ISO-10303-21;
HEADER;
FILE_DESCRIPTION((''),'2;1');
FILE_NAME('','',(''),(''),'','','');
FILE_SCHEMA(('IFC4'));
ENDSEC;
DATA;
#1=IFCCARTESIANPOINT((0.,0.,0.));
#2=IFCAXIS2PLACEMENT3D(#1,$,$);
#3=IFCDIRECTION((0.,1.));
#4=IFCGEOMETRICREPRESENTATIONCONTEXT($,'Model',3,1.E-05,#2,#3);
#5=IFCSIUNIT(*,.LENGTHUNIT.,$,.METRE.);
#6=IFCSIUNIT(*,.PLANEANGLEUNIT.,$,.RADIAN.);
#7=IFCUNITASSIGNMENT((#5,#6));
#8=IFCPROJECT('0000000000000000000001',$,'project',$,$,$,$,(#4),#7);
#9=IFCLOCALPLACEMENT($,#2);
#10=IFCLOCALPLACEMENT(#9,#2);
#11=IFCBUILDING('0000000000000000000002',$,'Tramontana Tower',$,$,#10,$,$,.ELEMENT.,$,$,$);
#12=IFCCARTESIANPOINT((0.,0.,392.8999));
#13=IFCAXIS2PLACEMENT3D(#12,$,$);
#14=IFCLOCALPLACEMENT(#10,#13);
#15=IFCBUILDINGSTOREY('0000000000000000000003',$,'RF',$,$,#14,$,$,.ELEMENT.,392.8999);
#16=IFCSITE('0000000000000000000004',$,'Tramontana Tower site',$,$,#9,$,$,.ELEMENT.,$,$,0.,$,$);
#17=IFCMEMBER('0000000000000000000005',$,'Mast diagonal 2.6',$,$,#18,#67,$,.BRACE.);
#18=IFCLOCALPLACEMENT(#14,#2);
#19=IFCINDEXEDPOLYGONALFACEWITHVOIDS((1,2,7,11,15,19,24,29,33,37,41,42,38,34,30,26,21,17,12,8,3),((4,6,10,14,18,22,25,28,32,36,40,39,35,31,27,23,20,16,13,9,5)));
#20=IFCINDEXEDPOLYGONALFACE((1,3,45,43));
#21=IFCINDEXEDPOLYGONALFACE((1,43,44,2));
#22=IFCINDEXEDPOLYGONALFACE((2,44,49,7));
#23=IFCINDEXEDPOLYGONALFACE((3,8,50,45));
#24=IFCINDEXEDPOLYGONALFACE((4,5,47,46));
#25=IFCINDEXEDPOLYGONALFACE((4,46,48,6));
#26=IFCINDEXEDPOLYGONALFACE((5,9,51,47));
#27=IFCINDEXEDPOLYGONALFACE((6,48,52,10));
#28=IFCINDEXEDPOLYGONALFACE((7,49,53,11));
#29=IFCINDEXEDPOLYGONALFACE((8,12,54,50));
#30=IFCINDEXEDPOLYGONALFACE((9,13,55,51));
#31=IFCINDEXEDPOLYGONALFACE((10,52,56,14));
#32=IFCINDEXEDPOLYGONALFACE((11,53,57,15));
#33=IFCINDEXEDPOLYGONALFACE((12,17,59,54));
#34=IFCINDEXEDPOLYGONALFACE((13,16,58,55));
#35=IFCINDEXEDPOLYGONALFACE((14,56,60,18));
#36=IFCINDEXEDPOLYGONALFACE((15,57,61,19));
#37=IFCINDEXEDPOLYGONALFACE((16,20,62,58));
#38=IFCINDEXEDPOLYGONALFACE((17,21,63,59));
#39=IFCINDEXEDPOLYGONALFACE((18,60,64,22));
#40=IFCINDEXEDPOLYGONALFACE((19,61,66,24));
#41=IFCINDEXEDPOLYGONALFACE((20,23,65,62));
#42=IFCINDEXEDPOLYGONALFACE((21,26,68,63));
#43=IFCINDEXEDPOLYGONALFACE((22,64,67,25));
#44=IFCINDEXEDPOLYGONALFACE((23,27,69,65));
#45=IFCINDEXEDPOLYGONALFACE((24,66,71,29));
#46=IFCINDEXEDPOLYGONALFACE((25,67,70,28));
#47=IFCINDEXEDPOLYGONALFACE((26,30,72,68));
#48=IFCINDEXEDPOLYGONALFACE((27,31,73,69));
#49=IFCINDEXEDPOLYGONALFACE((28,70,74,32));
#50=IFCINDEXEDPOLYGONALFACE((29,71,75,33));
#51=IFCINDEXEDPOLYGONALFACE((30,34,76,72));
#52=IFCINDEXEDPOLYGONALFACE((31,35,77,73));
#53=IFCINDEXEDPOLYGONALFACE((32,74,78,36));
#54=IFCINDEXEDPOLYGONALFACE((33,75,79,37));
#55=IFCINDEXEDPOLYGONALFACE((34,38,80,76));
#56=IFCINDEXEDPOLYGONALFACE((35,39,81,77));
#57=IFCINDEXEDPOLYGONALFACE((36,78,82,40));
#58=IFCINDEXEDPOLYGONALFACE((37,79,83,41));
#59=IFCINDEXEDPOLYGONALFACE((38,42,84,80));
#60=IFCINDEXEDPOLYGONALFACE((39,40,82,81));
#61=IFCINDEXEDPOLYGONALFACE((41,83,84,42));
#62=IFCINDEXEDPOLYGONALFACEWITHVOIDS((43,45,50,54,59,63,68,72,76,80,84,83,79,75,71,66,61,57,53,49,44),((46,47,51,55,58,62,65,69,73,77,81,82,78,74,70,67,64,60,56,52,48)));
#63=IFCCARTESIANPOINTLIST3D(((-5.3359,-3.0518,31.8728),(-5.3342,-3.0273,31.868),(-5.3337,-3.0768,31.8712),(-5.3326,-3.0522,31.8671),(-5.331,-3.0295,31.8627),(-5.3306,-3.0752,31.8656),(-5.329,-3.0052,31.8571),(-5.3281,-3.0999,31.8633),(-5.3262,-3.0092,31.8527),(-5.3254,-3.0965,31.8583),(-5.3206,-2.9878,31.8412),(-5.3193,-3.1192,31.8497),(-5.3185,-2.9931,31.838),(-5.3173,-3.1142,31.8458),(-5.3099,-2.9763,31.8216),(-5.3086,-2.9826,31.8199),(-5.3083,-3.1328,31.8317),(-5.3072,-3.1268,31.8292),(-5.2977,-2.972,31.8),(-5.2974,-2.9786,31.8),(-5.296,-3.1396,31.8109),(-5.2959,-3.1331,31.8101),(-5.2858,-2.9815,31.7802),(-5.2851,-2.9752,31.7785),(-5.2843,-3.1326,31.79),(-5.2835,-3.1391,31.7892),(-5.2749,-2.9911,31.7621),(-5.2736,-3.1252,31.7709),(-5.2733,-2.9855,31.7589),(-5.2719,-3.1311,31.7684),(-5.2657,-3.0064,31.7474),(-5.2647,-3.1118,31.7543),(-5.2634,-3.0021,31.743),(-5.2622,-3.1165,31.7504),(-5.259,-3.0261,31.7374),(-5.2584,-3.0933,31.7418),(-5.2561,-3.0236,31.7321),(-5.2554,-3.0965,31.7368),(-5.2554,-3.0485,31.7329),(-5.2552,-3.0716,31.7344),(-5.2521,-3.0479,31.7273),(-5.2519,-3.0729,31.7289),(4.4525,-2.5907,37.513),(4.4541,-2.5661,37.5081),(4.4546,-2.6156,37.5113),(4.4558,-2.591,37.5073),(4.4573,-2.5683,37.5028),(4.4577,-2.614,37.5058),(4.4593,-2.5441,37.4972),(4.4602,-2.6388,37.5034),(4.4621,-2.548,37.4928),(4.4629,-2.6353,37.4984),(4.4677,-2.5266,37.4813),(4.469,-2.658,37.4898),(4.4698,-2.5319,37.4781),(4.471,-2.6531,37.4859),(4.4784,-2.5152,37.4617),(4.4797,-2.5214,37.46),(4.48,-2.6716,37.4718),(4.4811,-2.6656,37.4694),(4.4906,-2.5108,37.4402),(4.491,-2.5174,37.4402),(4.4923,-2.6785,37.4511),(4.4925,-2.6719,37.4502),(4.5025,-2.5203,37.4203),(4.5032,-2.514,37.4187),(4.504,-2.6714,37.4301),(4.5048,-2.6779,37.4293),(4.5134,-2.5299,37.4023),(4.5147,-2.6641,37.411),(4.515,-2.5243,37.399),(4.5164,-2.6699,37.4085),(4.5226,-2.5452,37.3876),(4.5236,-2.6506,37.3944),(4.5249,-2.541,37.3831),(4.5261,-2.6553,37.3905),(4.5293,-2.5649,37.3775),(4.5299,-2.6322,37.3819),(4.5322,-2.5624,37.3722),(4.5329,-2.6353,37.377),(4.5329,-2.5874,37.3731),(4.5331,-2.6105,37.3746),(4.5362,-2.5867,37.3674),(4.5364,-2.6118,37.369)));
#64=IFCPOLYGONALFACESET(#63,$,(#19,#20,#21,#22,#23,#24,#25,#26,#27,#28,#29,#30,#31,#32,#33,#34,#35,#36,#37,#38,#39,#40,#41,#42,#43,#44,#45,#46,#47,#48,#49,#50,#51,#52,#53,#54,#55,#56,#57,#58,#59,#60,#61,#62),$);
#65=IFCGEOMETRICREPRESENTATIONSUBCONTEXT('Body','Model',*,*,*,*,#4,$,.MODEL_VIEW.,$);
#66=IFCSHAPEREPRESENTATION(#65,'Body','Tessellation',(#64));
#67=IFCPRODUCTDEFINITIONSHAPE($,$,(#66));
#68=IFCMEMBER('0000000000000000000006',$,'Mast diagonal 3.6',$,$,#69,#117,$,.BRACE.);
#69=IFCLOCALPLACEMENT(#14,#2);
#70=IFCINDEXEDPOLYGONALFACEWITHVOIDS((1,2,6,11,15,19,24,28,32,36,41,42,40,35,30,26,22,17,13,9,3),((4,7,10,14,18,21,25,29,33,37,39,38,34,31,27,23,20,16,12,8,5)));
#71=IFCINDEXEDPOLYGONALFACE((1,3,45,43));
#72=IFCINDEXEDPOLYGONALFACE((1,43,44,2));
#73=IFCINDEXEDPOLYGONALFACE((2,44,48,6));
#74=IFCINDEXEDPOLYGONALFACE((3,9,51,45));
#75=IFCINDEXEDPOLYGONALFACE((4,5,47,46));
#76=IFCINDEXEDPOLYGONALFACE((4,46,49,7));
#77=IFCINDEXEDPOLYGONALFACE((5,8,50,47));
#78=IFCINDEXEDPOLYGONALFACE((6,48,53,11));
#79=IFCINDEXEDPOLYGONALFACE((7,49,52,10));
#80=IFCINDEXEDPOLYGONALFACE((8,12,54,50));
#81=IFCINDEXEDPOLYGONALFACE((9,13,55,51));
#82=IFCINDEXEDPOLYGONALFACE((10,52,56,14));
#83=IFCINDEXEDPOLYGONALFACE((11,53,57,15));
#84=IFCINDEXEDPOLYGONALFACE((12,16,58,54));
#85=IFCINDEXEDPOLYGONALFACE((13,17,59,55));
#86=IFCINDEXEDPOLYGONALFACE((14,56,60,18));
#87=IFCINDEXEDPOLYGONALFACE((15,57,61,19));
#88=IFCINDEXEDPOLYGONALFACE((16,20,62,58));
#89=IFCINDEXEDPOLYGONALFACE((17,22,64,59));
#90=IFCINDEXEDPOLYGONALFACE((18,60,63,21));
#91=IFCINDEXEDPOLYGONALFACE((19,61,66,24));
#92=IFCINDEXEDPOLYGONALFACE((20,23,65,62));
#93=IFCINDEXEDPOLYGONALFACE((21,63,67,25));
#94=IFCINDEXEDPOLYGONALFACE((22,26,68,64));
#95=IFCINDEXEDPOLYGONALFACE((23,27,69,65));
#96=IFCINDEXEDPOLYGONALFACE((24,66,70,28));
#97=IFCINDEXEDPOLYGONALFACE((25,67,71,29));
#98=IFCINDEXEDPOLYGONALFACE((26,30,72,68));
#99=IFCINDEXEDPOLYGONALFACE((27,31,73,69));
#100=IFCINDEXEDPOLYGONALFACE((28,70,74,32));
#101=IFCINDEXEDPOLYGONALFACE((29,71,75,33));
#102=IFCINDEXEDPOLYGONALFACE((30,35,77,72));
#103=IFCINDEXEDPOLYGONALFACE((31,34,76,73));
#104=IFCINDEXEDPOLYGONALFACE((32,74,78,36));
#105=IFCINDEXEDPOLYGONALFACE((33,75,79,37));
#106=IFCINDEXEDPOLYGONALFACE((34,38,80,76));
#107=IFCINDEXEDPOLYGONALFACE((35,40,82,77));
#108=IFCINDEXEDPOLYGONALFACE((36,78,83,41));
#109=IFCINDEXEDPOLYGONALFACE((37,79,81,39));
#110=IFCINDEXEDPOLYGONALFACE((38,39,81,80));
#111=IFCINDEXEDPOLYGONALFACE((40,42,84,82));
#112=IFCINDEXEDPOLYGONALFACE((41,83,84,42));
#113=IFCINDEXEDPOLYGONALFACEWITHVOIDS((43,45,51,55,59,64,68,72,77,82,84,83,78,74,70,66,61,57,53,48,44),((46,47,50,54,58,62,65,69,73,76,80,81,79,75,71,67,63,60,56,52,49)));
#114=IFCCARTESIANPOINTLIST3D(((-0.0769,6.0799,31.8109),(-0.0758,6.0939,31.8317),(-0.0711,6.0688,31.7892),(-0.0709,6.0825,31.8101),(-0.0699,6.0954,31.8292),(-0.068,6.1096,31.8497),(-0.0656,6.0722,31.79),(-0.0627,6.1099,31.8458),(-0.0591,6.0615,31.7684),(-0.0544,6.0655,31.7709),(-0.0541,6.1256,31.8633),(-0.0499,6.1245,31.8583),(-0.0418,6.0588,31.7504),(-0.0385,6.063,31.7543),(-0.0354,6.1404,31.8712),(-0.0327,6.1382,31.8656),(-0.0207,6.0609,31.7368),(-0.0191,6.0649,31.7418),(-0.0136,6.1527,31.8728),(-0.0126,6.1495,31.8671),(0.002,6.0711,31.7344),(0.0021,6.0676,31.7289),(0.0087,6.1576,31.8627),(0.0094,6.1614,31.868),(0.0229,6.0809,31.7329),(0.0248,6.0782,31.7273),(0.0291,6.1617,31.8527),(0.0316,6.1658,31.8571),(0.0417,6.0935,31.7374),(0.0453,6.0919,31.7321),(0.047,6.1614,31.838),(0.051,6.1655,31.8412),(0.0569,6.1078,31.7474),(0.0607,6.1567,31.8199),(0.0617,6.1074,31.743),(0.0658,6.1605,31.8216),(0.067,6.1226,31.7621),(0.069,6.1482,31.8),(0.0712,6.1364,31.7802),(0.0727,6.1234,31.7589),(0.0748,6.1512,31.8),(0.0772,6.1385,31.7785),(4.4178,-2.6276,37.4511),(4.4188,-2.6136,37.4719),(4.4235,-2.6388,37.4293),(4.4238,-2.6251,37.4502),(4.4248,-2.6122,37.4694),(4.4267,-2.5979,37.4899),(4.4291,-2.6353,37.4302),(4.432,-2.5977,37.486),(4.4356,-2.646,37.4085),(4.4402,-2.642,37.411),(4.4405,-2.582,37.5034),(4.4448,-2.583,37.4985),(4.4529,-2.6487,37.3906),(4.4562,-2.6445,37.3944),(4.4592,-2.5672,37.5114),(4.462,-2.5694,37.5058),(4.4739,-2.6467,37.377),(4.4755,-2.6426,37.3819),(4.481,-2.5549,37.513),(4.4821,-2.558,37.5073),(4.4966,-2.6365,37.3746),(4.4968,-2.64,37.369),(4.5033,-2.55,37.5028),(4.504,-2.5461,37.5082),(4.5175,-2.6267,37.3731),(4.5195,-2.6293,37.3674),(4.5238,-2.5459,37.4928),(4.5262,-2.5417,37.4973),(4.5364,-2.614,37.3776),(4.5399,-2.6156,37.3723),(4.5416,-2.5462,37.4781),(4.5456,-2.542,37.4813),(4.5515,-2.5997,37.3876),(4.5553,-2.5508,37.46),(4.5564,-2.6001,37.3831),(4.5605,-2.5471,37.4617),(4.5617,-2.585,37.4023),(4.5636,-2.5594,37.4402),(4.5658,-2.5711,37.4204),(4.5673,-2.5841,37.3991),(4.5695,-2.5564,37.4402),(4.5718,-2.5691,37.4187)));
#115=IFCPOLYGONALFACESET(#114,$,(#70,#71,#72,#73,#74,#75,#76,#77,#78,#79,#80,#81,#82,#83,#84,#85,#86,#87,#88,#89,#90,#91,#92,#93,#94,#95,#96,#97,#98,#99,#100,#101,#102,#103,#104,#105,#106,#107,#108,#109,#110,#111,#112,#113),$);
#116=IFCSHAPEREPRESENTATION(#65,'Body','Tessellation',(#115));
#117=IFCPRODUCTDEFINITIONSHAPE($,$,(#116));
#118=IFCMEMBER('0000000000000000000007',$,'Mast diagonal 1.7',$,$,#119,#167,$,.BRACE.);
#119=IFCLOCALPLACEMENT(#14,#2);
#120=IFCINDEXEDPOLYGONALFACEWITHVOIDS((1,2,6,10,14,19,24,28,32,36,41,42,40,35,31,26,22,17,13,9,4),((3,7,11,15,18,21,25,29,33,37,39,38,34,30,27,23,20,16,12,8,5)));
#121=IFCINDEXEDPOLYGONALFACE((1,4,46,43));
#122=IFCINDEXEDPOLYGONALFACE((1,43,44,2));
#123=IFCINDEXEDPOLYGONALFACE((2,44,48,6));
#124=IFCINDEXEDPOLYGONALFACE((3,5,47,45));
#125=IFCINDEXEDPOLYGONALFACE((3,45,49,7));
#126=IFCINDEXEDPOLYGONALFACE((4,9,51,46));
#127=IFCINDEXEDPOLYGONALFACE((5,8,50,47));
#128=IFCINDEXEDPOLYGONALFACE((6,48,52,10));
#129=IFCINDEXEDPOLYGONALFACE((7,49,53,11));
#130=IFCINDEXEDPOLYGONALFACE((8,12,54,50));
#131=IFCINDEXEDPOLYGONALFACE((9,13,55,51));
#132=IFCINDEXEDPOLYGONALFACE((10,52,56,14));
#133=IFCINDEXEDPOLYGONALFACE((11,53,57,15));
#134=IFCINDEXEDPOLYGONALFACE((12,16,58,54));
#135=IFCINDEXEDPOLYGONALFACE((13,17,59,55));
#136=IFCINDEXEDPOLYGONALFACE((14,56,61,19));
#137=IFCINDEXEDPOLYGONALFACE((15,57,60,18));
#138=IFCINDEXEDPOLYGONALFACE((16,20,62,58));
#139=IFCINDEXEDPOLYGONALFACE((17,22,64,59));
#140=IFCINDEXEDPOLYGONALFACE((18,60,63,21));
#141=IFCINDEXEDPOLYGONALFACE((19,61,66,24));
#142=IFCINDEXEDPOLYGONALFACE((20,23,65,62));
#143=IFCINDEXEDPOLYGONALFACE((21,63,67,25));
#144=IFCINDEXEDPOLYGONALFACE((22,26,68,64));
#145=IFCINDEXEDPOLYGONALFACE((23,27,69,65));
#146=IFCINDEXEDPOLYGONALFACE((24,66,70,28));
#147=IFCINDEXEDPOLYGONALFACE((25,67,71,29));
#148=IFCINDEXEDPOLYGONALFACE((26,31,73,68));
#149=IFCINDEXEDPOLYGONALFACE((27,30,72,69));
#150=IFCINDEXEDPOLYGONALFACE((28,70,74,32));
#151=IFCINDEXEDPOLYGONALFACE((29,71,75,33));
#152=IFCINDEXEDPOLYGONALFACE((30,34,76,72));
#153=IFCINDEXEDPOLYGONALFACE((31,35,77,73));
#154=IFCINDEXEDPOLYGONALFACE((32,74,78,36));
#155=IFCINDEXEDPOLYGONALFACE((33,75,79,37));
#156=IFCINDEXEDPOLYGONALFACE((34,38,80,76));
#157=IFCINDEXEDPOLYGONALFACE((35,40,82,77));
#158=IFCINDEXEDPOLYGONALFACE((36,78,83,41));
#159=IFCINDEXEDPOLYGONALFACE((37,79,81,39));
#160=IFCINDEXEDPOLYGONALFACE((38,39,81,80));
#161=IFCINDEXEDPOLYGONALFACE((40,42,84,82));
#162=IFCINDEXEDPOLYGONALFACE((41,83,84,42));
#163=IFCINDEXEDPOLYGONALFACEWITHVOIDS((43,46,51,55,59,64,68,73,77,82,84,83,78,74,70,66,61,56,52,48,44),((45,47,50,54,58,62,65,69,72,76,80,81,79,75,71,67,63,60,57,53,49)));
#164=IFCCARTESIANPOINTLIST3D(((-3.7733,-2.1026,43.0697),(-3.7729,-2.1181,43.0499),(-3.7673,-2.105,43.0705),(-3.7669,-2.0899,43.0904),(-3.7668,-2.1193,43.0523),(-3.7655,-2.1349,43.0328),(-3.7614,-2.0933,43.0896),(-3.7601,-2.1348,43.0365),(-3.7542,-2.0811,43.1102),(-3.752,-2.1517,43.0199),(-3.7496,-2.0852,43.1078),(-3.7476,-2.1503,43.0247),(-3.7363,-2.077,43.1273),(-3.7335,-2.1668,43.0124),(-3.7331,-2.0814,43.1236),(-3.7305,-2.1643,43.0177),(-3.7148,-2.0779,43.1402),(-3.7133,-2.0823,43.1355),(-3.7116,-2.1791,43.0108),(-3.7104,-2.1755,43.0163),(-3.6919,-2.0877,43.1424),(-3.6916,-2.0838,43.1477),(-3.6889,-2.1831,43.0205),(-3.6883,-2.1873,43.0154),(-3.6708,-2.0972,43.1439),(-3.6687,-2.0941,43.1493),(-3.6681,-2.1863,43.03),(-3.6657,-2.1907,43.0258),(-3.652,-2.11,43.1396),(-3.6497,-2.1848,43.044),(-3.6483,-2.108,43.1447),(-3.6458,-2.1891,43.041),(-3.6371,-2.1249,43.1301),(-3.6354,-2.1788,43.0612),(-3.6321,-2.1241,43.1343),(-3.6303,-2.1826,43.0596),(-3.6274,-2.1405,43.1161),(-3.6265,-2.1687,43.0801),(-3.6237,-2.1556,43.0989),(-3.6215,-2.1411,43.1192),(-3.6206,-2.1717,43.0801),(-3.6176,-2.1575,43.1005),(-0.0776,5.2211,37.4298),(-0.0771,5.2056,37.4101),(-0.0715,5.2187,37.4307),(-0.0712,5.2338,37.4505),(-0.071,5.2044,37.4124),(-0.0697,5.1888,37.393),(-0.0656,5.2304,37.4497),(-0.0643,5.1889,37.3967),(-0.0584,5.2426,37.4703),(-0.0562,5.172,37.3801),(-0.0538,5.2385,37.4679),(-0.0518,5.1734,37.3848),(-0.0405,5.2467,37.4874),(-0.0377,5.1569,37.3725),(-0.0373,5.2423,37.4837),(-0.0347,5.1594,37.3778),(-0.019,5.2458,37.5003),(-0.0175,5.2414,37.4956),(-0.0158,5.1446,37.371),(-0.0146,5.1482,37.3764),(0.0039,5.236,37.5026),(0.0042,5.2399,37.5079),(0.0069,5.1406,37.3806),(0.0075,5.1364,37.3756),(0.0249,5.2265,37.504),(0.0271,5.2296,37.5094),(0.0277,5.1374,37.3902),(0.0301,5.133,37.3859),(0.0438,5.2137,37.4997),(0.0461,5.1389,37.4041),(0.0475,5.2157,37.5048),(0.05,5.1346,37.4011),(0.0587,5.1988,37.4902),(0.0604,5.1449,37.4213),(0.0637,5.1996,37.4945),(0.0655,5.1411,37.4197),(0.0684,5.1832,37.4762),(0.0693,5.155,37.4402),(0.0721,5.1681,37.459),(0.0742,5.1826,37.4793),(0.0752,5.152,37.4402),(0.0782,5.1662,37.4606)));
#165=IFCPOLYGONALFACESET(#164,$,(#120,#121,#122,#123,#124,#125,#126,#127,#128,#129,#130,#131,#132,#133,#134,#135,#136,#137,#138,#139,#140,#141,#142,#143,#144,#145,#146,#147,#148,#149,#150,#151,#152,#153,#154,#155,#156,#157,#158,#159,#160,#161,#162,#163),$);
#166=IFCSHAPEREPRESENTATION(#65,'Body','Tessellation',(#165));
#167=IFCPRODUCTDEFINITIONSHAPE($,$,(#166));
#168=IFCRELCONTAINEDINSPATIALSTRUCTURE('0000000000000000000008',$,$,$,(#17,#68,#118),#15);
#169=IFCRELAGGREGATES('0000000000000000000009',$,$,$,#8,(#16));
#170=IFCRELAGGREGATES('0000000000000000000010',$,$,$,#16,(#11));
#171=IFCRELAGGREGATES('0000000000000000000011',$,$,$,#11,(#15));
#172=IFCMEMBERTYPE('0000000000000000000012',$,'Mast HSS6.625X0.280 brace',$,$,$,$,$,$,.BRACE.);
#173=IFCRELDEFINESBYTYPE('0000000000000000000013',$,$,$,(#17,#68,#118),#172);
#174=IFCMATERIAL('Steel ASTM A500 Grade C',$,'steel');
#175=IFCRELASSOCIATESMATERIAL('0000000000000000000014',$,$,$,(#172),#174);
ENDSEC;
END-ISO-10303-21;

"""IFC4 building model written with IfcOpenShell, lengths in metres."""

from ifc_helpers import new_model, si_unit, direction, frame, origin, origin_2d, place, context, subcontext, project, spatial, hollow_circle, extrude, material, material_profile, profile_set, type_object, element, save


model = new_model("IFC4")

# Units and contexts
model_context = context("Model", 3, precision=1e-05, world=origin(), true_north=direction((0.0, 1.0)))
body_context = subcontext(model_context, "Body", "Model", "MODEL_VIEW")
ifc_project = project(units=[si_unit("LENGTHUNIT", "METRE"), si_unit("PLANEANGLEUNIT", "RADIAN")], contexts=[model_context])

# Site, building, storey
site_placement = place(None, origin())
site = spatial("IfcSite", under=ifc_project, at=site_placement, Name="Tramontana Tower site", CompositionType="ELEMENT", RefElevation=0.0)
building_placement = place(site_placement, origin())
building = spatial("IfcBuilding", under=site, at=building_placement, Name="Tramontana Tower", CompositionType="ELEMENT")
storey_placement = place(building_placement, frame((0.0, 0.0, 392.8999)))
storey = spatial("IfcBuildingStorey", under=building, at=storey_placement, Name="RF", CompositionType="ELEMENT", Elevation=392.8999)

# Members
ifc_material_1 = material(Name="Steel ASTM A500 Grade C", Category="steel")
ifc_material_profile_1 = material_profile(ifc_material_1, hollow_circle(Radius=0.0842, WallThickness=0.0066, at=origin_2d()), Name="HSS6.625X0.280")
ifc_profile_set_1 = profile_set([ifc_material_profile_1], Name="Steel ASTM A500 Grade C")
member_type_1 = type_object("IfcMemberType", Name="Mast HSS6.625X0.280 brace", PredefinedType="BRACE", material=ifc_profile_set_1)
for number, where, z_axis, x_axis, name in (
    (1, (-5.2937, -3.0562, 31.8), (0.865732, 0.040789, 0.498844), (-0.047063, 0.998892, 0.0), "Mast diagonal 2.6"),
    (2, (0.0, 6.1125, 31.8), (0.397531, -0.770144, 0.498846), (0.888603, 0.458677, 0.0), "Mast diagonal 3.6"),
):
    element("IfcMember", number, at=place(storey_placement, frame(where, z_axis=z_axis, x_axis=x_axis)), inside=storey, type_object=member_type_1, Name=name, PredefinedType="BRACE", context=body_context, shape_type="SweptSolid", body=[
        extrude(hollow_circle(Radius=0.0842, WallThickness=0.0066, at=origin_2d()), origin(), (0.0, 0.0, 1.0), 11.3064),
    ])
for number, where, z_axis, x_axis, name in (
    (3, (0.0, 5.1899, 37.4402), (-0.371246, -0.735675, 0.566532), (0.892766, -0.45052, 0.0), "Mast diagonal 1.7"),
):
    element("IfcMember", number, at=place(storey_placement, frame(where, z_axis=z_axis, x_axis=x_axis)), inside=storey, type_object=member_type_1, Name=name, PredefinedType="BRACE", context=body_context, shape_type="SweptSolid", body=[
        extrude(hollow_circle(Radius=0.0842, WallThickness=0.0066, at=origin_2d()), origin(), (0.0, 0.0, 1.0), 9.9551),
    ])

save(model, "model.ifc")
